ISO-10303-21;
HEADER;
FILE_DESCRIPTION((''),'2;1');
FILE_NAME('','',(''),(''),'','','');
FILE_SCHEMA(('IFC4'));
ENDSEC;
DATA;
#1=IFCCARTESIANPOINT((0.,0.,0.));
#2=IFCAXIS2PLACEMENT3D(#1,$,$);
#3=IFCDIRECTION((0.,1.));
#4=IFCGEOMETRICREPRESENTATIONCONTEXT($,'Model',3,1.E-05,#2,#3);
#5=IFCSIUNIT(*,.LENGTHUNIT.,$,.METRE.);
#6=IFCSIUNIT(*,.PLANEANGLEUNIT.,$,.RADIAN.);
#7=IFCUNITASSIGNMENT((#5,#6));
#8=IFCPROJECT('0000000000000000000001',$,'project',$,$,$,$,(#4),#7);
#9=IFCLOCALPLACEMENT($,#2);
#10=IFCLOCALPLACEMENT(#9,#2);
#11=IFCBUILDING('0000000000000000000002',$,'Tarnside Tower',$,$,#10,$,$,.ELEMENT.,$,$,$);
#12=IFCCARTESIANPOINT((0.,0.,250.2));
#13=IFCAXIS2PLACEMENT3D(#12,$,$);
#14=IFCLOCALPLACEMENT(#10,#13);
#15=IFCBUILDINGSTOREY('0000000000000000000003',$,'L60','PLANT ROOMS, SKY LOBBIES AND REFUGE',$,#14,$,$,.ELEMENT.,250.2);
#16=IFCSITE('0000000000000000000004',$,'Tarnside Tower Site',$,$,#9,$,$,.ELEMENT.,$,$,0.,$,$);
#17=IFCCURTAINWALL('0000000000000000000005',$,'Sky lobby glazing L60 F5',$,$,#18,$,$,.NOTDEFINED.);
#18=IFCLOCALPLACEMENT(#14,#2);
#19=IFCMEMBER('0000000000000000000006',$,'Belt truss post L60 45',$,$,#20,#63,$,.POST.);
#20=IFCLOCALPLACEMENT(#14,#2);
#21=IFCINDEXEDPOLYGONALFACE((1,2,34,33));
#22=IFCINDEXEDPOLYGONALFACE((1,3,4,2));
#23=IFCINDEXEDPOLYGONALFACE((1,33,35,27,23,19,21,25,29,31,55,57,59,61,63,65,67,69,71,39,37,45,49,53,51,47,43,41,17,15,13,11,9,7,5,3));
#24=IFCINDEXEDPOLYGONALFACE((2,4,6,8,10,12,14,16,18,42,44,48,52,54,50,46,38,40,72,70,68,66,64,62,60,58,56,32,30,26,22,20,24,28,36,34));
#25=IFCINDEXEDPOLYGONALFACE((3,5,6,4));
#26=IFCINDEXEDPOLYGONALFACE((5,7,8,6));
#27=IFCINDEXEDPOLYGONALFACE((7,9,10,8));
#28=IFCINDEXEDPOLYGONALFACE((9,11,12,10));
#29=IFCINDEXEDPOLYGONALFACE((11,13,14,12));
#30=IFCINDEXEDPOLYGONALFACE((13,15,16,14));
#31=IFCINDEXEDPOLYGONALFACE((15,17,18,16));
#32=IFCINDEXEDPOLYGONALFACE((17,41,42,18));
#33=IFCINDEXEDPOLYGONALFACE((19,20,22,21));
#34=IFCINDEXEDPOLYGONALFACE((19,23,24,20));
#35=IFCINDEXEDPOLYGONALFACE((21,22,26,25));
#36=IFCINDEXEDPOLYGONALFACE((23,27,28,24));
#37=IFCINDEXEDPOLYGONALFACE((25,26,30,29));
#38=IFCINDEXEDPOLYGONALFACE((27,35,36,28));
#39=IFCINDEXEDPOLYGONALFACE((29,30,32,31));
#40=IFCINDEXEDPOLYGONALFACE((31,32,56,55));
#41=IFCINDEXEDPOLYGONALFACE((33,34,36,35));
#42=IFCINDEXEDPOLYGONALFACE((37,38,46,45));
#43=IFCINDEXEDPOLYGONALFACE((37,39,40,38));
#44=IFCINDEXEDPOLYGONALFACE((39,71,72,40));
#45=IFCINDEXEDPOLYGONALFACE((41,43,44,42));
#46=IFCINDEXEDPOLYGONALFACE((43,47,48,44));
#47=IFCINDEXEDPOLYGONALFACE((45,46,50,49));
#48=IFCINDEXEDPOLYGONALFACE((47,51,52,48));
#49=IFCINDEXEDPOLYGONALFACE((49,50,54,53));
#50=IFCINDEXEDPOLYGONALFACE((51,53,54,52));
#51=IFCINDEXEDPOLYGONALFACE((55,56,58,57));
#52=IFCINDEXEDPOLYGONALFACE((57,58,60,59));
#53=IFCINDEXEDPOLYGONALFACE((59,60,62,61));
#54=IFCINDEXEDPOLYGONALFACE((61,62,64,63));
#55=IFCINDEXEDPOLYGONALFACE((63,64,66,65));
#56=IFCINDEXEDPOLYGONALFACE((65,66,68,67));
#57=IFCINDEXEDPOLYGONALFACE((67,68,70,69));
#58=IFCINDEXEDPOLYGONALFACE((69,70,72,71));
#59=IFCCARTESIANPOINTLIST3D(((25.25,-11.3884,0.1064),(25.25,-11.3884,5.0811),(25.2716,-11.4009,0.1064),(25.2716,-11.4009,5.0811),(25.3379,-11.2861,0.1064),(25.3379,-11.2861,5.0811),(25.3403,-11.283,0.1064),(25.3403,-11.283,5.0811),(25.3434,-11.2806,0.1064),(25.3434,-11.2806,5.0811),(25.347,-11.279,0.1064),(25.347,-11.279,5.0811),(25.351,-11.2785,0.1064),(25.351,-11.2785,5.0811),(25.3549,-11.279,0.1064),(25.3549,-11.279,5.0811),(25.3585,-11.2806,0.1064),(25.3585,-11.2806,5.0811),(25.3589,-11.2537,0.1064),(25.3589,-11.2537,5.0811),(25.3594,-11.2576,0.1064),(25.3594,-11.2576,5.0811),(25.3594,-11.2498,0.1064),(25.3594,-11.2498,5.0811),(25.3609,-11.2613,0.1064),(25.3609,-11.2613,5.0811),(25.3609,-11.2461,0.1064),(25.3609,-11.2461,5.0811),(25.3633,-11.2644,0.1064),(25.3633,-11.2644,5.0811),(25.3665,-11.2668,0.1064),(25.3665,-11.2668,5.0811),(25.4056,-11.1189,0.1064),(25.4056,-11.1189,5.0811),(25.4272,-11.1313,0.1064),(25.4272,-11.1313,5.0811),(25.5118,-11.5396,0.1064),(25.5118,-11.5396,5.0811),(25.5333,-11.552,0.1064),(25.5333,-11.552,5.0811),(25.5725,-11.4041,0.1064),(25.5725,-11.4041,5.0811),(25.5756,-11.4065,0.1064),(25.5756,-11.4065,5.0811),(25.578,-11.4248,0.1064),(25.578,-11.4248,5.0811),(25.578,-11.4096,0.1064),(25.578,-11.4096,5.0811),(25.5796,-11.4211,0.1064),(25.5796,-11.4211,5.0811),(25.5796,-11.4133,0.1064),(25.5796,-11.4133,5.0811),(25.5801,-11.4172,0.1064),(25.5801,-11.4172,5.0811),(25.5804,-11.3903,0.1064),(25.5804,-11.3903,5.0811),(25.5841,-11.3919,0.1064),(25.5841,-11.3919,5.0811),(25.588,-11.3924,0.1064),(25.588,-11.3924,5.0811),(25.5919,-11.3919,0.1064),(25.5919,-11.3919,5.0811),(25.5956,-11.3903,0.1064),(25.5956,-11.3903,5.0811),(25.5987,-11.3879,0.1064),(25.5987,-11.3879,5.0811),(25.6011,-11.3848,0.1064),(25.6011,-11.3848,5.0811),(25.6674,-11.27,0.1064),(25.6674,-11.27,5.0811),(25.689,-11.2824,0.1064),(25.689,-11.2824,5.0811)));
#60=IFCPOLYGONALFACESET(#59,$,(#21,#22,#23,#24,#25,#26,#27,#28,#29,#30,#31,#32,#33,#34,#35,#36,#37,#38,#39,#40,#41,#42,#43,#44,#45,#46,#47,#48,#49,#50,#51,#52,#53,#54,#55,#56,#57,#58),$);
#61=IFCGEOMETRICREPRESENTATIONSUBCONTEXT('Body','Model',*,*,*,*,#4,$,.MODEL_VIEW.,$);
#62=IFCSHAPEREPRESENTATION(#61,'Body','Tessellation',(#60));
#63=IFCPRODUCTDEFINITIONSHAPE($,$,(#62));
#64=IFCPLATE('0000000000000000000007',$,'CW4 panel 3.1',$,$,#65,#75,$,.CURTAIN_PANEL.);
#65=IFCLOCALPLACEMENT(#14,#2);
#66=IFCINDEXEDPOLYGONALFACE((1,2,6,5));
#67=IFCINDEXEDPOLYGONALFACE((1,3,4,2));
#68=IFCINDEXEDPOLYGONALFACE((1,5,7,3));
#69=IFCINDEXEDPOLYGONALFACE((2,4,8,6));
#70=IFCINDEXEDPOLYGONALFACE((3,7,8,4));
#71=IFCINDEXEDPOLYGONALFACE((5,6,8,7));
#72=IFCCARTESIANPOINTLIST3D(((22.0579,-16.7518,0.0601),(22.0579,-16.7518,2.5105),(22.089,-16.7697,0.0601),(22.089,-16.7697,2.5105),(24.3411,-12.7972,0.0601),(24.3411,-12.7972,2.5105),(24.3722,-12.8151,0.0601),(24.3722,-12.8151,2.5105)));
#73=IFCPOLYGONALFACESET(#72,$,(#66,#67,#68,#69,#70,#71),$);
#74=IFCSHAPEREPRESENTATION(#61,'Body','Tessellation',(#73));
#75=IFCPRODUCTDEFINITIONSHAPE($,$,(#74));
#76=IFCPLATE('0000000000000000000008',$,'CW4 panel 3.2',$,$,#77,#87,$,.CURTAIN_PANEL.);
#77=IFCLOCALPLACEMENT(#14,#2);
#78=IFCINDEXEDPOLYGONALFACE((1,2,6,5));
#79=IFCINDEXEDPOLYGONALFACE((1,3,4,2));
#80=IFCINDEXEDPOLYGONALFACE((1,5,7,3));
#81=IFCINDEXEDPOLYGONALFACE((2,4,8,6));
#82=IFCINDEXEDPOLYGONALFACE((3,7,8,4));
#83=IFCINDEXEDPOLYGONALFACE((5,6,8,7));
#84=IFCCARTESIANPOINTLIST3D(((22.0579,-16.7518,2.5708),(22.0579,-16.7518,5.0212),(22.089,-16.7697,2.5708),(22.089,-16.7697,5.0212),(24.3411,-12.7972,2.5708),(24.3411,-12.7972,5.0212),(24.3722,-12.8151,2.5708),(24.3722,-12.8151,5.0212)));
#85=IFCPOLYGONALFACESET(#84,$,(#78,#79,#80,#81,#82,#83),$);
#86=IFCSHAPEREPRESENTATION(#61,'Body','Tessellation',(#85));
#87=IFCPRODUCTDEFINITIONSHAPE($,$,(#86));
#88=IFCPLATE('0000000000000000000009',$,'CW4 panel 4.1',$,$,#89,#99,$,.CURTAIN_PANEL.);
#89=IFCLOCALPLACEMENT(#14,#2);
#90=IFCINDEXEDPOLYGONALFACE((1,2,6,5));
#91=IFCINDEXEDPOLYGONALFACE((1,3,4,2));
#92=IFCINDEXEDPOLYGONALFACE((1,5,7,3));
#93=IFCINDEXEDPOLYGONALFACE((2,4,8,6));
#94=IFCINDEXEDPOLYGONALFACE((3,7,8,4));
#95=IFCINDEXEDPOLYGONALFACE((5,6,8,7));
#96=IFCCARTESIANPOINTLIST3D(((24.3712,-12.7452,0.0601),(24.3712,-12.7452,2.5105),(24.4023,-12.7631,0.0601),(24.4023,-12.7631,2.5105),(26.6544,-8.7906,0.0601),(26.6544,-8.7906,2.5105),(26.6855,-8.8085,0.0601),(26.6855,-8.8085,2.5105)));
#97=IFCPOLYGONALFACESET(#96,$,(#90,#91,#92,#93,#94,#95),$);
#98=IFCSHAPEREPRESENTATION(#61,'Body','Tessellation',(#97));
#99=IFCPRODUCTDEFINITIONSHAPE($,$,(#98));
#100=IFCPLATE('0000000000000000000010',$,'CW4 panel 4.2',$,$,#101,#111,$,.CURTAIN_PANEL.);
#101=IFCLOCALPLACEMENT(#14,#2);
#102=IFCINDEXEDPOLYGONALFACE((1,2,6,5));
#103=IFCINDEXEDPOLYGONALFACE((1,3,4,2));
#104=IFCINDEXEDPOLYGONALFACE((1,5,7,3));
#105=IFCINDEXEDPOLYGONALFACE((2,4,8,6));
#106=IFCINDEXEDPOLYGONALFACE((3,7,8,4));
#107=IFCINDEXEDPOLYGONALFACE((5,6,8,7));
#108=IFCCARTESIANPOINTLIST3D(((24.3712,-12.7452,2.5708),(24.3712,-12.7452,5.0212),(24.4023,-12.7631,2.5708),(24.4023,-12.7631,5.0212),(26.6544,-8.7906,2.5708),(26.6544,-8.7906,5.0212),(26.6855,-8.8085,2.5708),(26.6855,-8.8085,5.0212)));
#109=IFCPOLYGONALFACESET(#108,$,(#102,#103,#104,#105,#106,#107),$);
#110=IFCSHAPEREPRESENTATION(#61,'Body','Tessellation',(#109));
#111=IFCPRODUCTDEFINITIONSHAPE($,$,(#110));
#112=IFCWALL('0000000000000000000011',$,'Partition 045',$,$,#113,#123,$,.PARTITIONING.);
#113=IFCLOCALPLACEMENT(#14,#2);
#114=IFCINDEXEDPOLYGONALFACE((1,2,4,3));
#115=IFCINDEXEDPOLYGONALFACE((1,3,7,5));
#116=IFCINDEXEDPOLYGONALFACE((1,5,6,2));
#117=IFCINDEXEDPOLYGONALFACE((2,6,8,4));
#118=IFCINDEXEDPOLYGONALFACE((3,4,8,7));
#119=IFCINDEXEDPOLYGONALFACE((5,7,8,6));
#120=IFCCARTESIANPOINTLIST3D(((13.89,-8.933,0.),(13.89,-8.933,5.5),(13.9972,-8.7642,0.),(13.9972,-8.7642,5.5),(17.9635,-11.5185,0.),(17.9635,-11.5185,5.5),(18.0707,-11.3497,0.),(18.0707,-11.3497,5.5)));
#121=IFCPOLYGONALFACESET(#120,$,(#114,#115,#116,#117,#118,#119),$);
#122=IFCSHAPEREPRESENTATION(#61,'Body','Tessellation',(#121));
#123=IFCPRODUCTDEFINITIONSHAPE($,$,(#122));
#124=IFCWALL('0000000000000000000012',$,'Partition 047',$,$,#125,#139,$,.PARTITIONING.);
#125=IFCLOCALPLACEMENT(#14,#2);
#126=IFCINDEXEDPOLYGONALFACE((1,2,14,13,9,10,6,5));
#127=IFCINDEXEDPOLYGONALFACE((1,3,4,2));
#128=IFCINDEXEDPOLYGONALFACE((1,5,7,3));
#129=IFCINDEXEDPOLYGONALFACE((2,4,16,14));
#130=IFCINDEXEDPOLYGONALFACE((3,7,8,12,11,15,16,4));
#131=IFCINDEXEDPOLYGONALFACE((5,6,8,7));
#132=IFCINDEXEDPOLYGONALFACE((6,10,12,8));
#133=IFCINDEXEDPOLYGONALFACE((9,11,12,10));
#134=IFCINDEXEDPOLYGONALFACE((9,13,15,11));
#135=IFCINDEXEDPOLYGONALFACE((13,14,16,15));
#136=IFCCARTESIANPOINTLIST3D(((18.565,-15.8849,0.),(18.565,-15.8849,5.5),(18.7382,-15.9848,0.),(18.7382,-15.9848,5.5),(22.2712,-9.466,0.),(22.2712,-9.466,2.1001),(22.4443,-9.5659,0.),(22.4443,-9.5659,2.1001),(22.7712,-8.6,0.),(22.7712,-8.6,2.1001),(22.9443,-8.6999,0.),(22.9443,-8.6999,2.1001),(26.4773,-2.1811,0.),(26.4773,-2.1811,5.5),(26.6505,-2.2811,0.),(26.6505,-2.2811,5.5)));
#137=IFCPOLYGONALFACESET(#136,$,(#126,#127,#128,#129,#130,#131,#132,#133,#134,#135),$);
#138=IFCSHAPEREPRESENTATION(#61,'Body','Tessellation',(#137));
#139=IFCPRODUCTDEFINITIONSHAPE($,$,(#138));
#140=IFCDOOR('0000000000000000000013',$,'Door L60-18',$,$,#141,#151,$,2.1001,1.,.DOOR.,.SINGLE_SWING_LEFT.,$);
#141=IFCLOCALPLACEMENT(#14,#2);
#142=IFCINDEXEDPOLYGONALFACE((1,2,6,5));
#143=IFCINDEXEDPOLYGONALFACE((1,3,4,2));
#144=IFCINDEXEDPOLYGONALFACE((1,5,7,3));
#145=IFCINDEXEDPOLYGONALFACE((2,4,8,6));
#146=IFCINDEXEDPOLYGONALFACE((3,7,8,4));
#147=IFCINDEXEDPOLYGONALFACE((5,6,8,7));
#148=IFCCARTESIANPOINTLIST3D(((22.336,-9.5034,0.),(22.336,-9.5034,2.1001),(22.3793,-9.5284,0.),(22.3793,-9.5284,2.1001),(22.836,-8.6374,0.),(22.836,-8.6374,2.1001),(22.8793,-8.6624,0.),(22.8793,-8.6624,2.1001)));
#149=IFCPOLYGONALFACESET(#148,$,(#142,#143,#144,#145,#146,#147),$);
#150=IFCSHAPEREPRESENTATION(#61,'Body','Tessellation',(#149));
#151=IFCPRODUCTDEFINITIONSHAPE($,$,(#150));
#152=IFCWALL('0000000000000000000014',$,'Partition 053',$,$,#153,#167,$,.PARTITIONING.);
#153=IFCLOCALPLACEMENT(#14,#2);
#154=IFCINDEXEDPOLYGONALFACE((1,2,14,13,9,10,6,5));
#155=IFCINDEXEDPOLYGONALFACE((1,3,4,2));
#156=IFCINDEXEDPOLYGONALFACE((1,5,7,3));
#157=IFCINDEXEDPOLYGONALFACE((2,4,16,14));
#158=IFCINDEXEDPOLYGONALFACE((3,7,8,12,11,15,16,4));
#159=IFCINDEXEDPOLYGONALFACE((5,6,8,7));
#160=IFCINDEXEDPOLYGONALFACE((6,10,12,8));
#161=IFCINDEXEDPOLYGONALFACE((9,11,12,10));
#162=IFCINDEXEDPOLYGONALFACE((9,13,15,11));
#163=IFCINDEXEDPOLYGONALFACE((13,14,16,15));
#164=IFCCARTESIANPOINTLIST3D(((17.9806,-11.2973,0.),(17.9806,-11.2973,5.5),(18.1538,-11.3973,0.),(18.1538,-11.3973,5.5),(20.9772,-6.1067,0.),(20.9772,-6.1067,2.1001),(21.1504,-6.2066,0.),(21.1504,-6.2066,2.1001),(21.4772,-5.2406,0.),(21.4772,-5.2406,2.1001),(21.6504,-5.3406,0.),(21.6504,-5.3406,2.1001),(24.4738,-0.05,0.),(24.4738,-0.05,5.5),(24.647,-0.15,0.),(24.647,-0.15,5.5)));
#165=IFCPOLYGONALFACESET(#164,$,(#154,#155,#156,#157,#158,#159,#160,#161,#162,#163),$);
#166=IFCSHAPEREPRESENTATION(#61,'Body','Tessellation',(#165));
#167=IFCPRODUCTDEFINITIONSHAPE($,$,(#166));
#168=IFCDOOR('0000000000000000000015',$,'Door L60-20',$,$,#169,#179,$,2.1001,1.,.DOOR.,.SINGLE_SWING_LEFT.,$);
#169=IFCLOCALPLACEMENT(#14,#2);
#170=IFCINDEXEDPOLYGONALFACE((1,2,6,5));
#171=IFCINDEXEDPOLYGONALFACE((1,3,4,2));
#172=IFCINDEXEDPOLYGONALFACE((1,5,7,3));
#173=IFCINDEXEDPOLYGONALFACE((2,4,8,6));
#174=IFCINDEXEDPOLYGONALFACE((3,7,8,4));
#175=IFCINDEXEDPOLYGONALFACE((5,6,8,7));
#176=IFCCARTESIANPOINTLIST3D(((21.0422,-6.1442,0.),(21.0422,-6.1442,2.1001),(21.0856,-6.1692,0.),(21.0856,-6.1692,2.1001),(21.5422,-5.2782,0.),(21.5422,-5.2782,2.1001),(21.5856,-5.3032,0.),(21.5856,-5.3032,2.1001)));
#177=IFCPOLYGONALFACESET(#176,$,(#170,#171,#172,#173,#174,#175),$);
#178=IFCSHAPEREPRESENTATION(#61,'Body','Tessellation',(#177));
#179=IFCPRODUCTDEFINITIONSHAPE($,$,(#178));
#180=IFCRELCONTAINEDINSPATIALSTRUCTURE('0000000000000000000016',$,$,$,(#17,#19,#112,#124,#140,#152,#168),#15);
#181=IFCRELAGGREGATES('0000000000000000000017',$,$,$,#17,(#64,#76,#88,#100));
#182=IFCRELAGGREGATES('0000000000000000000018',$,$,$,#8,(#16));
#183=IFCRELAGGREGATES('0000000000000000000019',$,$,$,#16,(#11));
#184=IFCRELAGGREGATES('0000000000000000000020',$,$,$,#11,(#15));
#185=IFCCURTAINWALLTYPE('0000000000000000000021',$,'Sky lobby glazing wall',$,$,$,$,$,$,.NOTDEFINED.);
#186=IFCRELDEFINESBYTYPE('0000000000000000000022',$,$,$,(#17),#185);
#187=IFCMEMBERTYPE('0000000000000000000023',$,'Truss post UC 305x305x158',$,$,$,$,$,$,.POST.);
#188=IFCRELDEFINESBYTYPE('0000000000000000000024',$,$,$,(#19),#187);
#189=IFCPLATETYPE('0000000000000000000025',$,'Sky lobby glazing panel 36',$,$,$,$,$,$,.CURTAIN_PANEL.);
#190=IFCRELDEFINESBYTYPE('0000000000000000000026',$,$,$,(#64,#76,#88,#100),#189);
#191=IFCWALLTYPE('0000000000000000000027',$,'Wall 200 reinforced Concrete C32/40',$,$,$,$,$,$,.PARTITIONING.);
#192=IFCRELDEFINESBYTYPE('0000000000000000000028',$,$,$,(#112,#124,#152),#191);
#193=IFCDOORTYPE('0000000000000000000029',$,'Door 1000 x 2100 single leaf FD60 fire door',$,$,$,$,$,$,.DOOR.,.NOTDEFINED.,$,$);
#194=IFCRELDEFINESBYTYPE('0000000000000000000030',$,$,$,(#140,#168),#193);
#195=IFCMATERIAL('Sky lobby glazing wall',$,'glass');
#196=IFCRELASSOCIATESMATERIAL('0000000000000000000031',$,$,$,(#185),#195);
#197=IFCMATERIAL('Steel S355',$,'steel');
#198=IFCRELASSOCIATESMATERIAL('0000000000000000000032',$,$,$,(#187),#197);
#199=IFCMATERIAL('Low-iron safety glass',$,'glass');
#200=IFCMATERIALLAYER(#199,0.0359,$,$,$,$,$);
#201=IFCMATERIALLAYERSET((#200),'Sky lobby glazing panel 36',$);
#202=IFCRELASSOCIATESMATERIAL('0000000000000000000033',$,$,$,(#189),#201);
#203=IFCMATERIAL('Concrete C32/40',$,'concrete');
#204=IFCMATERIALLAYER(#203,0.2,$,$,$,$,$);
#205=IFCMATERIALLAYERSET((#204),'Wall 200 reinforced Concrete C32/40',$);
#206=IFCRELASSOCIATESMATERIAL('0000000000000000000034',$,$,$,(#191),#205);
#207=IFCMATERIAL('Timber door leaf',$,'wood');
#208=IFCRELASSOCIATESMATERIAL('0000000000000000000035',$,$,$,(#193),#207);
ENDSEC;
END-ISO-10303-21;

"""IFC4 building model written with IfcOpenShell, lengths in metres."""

from ifc_helpers import new_model, si_unit, direction, frame, frame_2d, origin, origin_2d, place, context, subcontext, project, spatial, rectangle, i_section, extrude, material, layer, layer_set, material_profile, profile_set, type_object, element, fill, aggregate, save


model = new_model("IFC4")

# Units and contexts
model_context = context("Model", 3, precision=1e-05, world=origin(), true_north=direction((0.0, 1.0)))
body_context = subcontext(model_context, "Body", "Model", "MODEL_VIEW")
ifc_project = project(units=[si_unit("LENGTHUNIT", "METRE"), si_unit("PLANEANGLEUNIT", "RADIAN")], contexts=[model_context])

# Site, building, storey
site_placement = place(None, origin())
site = spatial("IfcSite", under=ifc_project, at=site_placement, Name="Tarnside Tower Site", CompositionType="ELEMENT", RefElevation=0.0)
building_placement = place(site_placement, origin())
building = spatial("IfcBuilding", under=site, at=building_placement, Name="Tarnside Tower", CompositionType="ELEMENT")
storey_placement = place(building_placement, frame((0.0, 0.0, 250.2)))
storey = spatial("IfcBuildingStorey", under=building, at=storey_placement, Name="L60", Description="PLANT ROOMS, SKY LOBBIES AND REFUGE", CompositionType="ELEMENT", Elevation=250.2)

# Shared definitions
ifc_material_1 = material(Name="Steel S355", Category="steel")

# Curtain wall
ifc_material_2 = material(Name="Sky lobby glazing wall", Category="glass")
curtain_wall_type = type_object("IfcCurtainWallType", Name="Sky lobby glazing wall", PredefinedType="NOTDEFINED", material=ifc_material_2)
curtain_wall_placement = place(storey_placement, origin())
curtain_wall = element("IfcCurtainWall", 1, at=curtain_wall_placement, inside=storey, type_object=curtain_wall_type, Name="Sky lobby glazing L60 F5", PredefinedType="NOTDEFINED")

# Member
ifc_material_profile_1 = material_profile(ifc_material_1, i_section(OverallWidth=0.3113, OverallDepth=0.3271, WebThickness=0.0159, FlangeThickness=0.0249, FilletRadius=0.0151, at=origin_2d()), Name="UC 305x305x158")
ifc_profile_set_1 = profile_set([ifc_material_profile_1], Name="Steel S355")
member_type_1 = type_object("IfcMemberType", Name="Truss post UC 305x305x158", PredefinedType="POST", material=ifc_profile_set_1)
for number, where, z_axis, x_axis, name in (
    (2, (25.4695, -11.3354, 0.1064), (0.0, 0.0, 1.0), (0.5, 0.866025, 0.0), "Belt truss post L60 45"),
):
    element("IfcMember", number, at=place(storey_placement, frame(where, z_axis=z_axis, x_axis=x_axis)), inside=storey, type_object=member_type_1, Name=name, PredefinedType="POST", context=body_context, shape_type="SweptSolid", body=[
        extrude(i_section(OverallWidth=0.3113, OverallDepth=0.3271, WebThickness=0.0159, FlangeThickness=0.0249, FilletRadius=0.0151, at=origin_2d()), origin(), (0.0, 0.0, 1.0), 4.9746),
    ])

# Plates
ifc_material_3 = material(Name="Low-iron safety glass", Category="glass")
ifc_layer_1 = layer(ifc_material_3, 0.0359)
ifc_layer_set_1 = layer_set([ifc_layer_1], Name="Sky lobby glazing panel 36")
plate_type = type_object("IfcPlateType", Name="Sky lobby glazing panel 36", PredefinedType="CURTAIN_PANEL", material=ifc_layer_set_1)
plate_1_placement = place(storey_placement, frame((23.2151, -14.7834, 0.0601), z_axis=(0.0, 0.0, 1.0), x_axis=(0.5, 0.866025, 0.0)))
plate_1 = element("IfcPlate", 3, at=plate_1_placement, type_object=plate_type, Name="CW4 panel 3.1", PredefinedType="CURTAIN_PANEL", context=body_context, shape_type="SweptSolid", body=[
    extrude(rectangle(XDim=4.5664, YDim=0.0359, at=origin_2d()), origin(), (0.0, 0.0, 1.0), 2.4504),
])
plate_2_placement = place(storey_placement, frame((23.2151, -14.7834, 2.5708), z_axis=(0.0, 0.0, 1.0), x_axis=(0.5, 0.866025, 0.0)))
plate_2 = element("IfcPlate", 4, at=plate_2_placement, type_object=plate_type, Name="CW4 panel 3.2", PredefinedType="CURTAIN_PANEL", context=body_context, shape_type="SweptSolid", body=[
    extrude(rectangle(XDim=4.5664, YDim=0.0359, at=origin_2d()), origin(), (0.0, 0.0, 1.0), 2.4504),
])
plate_3_placement = place(storey_placement, frame((25.5283, -10.7769, 0.0601), z_axis=(0.0, 0.0, 1.0), x_axis=(0.5, 0.866025, 0.0)))
plate_3 = element("IfcPlate", 5, at=plate_3_placement, type_object=plate_type, Name="CW4 panel 4.1", PredefinedType="CURTAIN_PANEL", context=body_context, shape_type="SweptSolid", body=[
    extrude(rectangle(XDim=4.5664, YDim=0.0359, at=origin_2d()), origin(), (0.0, 0.0, 1.0), 2.4504),
])
plate_4_placement = place(storey_placement, frame((25.5283, -10.7769, 2.5708), z_axis=(0.0, 0.0, 1.0), x_axis=(0.5, 0.866025, 0.0)))
plate_4 = element("IfcPlate", 6, at=plate_4_placement, type_object=plate_type, Name="CW4 panel 4.2", PredefinedType="CURTAIN_PANEL", context=body_context, shape_type="SweptSolid", body=[
    extrude(rectangle(XDim=4.5664, YDim=0.0359, at=origin_2d()), origin(), (0.0, 0.0, 1.0), 2.4504),
])
aggregate(curtain_wall, [plate_1, plate_2, plate_3, plate_4])

# Wall
ifc_material_4 = material(Name="Concrete C32/40", Category="concrete")
ifc_layer_2 = layer(ifc_material_4, 0.2)
ifc_layer_set_2 = layer_set([ifc_layer_2], Name="Wall 200 reinforced Concrete C32/40")
wall_type_1 = type_object("IfcWallType", Name="Wall 200 reinforced Concrete C32/40", PredefinedType="PARTITIONING", material=ifc_layer_set_2)
wall_1_placement = place(storey_placement, frame((18.0171, -11.4341, 0.0), z_axis=(0.0, 0.0, 1.0), x_axis=(-0.844296, 0.535876, 0.0)))
element("IfcWall", 7, at=wall_1_placement, inside=storey, type_object=wall_type_1, Name="Partition 045", PredefinedType="PARTITIONING", context=body_context, shape_type="SweptSolid", body=[
    extrude(rectangle(XDim=4.8247, YDim=0.2, at=frame_2d((2.4124, 0.0))), origin(), (0.0, 0.0, 1.0), 5.5),
])

# Walls, openings, doors
wall_2_placement = place(storey_placement, frame((26.564, -2.231, 0.0), z_axis=(0.0, 0.0, 1.0), x_axis=(-0.50002, -0.866014, 0.0)))
wall_2 = element("IfcWall", 8, at=wall_2_placement, inside=storey, type_object=wall_type_1, Name="Partition 047", PredefinedType="PARTITIONING", context=body_context, shape_type="SweptSolid", body=[
    extrude(rectangle(XDim=15.824, YDim=0.2, at=frame_2d((7.9121, 0.0))), origin(), (0.0, 0.0, 1.0), 5.5),
])
opening_1_placement = place(wall_2_placement, frame((7.4121, 0.0, 0.0)))
opening_1 = element("IfcOpeningElement", 9, at=opening_1_placement, cuts=wall_2, PredefinedType="OPENING", context=body_context, shape_type="SweptSolid", body=[
    extrude(rectangle(XDim=1.0, YDim=2.1001, at=frame_2d((0.5, 1.05))), frame((0.0, 0.1099, 0.0), z_axis=(0.0, -1.0, 0.0), x_axis=(1.0, 0.0, 0.0)), (0.0, 0.0, 1.0), 0.22),
])
ifc_material_5 = material(Name="Timber door leaf", Category="wood")
door_type = type_object("IfcDoorType", Name="Door 1000 x 2100 single leaf FD60 fire door", OperationType="NOTDEFINED", PredefinedType="DOOR", material=ifc_material_5)
door_1_placement = place(opening_1_placement, origin())
door_1 = element("IfcDoor", 10, at=door_1_placement, inside=storey, type_object=door_type, Name="Door L60-18", OperationType="SINGLE_SWING_LEFT", OverallHeight=2.1001, OverallWidth=1.0, PredefinedType="DOOR", context=body_context, shape_type="SweptSolid", body=[
    extrude(rectangle(XDim=1.0, YDim=2.1001, at=frame_2d((0.5, 1.05))), frame((0.0, 0.0249, 0.0), z_axis=(0.0, -1.0, 0.0), x_axis=(1.0, 0.0, 0.0)), (0.0, 0.0, 1.0), 0.05),
])
fill(opening_1, door_1)
wall_3_placement = place(storey_placement, frame((18.0671, -11.3474, 0.0), z_axis=(0.0, 0.0, 1.0), x_axis=(0.499973, 0.866041, 0.0)))
wall_3 = element("IfcWall", 11, at=wall_3_placement, inside=storey, type_object=wall_type_1, Name="Partition 053", PredefinedType="PARTITIONING", context=body_context, shape_type="SweptSolid", body=[
    extrude(rectangle(XDim=12.9871, YDim=0.2, at=frame_2d((6.4937, 0.0))), origin(), (0.0, 0.0, 1.0), 5.5),
])
opening_2_placement = place(wall_3_placement, frame((5.9937, 0.0, 0.0)))
opening_2 = element("IfcOpeningElement", 12, at=opening_2_placement, cuts=wall_3, PredefinedType="OPENING", context=body_context, shape_type="SweptSolid", body=[
    extrude(rectangle(XDim=1.0, YDim=2.1001, at=frame_2d((0.5, 1.05))), frame((0.0, 0.1099, 0.0), z_axis=(0.0, -1.0, 0.0), x_axis=(1.0, 0.0, 0.0)), (0.0, 0.0, 1.0), 0.22),
])
door_2_placement = place(opening_2_placement, origin())
door_2 = element("IfcDoor", 13, at=door_2_placement, inside=storey, type_object=door_type, Name="Door L60-20", OperationType="SINGLE_SWING_LEFT", OverallHeight=2.1001, OverallWidth=1.0, PredefinedType="DOOR", context=body_context, shape_type="SweptSolid", body=[
    extrude(rectangle(XDim=1.0, YDim=2.1001, at=frame_2d((0.5, 1.05))), frame((0.0, 0.0249, 0.0), z_axis=(0.0, -1.0, 0.0), x_axis=(1.0, 0.0, 0.0)), (0.0, 0.0, 1.0), 0.05),
])
fill(opening_2, door_2)

save(model, "model.ifc")
